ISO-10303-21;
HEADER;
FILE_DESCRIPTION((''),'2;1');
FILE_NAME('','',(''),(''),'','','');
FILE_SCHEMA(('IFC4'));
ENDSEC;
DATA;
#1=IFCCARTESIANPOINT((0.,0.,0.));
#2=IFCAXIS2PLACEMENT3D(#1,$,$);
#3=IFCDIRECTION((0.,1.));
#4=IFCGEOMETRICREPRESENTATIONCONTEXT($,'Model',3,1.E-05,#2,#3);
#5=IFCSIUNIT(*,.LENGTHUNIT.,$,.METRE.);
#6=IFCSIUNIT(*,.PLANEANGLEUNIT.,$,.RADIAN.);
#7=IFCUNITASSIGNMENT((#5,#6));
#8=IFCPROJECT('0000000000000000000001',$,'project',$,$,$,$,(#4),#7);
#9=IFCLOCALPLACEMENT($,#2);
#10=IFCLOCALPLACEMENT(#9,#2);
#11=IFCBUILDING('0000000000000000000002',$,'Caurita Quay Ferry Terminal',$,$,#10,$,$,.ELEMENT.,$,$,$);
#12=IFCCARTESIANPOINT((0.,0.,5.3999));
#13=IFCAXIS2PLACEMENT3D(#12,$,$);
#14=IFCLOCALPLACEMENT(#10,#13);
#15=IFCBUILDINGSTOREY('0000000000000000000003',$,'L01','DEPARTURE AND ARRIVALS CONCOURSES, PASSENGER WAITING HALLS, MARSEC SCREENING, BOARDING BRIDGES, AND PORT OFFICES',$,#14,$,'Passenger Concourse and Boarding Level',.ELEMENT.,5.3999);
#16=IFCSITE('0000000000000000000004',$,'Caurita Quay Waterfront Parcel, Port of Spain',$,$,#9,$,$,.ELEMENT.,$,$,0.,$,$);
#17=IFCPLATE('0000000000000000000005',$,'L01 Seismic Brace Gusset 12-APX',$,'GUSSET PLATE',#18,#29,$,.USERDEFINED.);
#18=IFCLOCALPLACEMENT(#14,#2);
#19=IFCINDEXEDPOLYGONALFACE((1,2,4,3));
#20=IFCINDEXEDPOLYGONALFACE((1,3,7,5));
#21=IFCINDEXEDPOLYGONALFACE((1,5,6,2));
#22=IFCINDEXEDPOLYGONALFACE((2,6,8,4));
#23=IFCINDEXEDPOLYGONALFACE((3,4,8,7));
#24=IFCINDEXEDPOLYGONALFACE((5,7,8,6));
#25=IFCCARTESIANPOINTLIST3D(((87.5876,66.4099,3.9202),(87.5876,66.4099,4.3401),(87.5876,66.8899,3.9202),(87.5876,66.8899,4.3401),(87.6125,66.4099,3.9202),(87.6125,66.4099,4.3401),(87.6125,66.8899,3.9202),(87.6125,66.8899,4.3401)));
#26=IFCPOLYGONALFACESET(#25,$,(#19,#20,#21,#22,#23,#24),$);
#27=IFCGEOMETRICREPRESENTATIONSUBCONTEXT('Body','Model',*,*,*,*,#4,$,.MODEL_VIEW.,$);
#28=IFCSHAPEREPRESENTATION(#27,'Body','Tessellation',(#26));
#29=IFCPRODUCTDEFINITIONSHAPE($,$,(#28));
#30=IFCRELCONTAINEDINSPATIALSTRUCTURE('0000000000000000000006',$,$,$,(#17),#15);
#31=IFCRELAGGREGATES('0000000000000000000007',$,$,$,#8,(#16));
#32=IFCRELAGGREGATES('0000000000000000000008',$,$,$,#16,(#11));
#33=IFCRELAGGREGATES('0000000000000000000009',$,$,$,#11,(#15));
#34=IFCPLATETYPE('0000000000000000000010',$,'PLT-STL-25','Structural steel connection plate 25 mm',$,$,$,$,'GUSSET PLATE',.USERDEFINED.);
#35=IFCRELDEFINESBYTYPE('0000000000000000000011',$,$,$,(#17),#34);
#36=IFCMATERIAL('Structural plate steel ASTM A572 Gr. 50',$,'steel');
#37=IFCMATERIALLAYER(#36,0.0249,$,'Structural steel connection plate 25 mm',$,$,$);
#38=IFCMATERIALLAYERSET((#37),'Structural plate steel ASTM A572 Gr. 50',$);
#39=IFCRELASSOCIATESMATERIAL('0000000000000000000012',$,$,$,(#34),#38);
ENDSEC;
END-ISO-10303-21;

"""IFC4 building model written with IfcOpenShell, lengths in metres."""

from ifc_helpers import new_model, si_unit, direction, frame, origin, origin_2d, place, context, subcontext, project, spatial, rectangle, extrude, material, layer, layer_set, type_object, element, save


model = new_model("IFC4")

# Units and contexts
model_context = context("Model", 3, precision=1e-05, world=origin(), true_north=direction((0.0, 1.0)))
body_context = subcontext(model_context, "Body", "Model", "MODEL_VIEW")
ifc_project = project(units=[si_unit("LENGTHUNIT", "METRE"), si_unit("PLANEANGLEUNIT", "RADIAN")], contexts=[model_context])

# Site, building, storey
site_placement = place(None, origin())
site = spatial("IfcSite", under=ifc_project, at=site_placement, Name="Caurita Quay Waterfront Parcel, Port of Spain", CompositionType="ELEMENT", RefElevation=0.0)
building_placement = place(site_placement, origin())
building = spatial("IfcBuilding", under=site, at=building_placement, Name="Caurita Quay Ferry Terminal", CompositionType="ELEMENT")
storey_placement = place(building_placement, frame((0.0, 0.0, 5.3999)))
storey = spatial("IfcBuildingStorey", under=building, at=storey_placement, Name="L01", Description="DEPARTURE AND ARRIVALS CONCOURSES, PASSENGER WAITING HALLS, MARSEC SCREENING, BOARDING BRIDGES, AND PORT OFFICES", LongName="Passenger Concourse and Boarding Level", CompositionType="ELEMENT", Elevation=5.3999)

# Plate
ifc_material_1 = material(Name="Structural plate steel ASTM A572 Gr. 50", Category="steel")
ifc_layer_1 = layer(ifc_material_1, 0.0249, Name="Structural steel connection plate 25 mm")
ifc_layer_set_1 = layer_set([ifc_layer_1], Name="Structural plate steel ASTM A572 Gr. 50")
plate_type_1 = type_object("IfcPlateType", Name="PLT-STL-25", Description="Structural steel connection plate 25 mm", ElementType="GUSSET PLATE", PredefinedType="USERDEFINED", material=ifc_layer_set_1)
plate_1_placement = place(storey_placement, frame((87.6001, 66.6499, 3.9202), z_axis=(0.0, 0.0, 1.0), x_axis=(0.0, 1.0, 0.0)))
element("IfcPlate", 1, at=plate_1_placement, inside=storey, type_object=plate_type_1, Name="L01 Seismic Brace Gusset 12-APX", ObjectType="GUSSET PLATE", PredefinedType="USERDEFINED", context=body_context, shape_type="SweptSolid", body=[
    extrude(rectangle(XDim=0.48, YDim=0.0249, at=origin_2d()), origin(), (0.0, 0.0, 1.0), 0.4199),
])

save(model, "model.ifc")
